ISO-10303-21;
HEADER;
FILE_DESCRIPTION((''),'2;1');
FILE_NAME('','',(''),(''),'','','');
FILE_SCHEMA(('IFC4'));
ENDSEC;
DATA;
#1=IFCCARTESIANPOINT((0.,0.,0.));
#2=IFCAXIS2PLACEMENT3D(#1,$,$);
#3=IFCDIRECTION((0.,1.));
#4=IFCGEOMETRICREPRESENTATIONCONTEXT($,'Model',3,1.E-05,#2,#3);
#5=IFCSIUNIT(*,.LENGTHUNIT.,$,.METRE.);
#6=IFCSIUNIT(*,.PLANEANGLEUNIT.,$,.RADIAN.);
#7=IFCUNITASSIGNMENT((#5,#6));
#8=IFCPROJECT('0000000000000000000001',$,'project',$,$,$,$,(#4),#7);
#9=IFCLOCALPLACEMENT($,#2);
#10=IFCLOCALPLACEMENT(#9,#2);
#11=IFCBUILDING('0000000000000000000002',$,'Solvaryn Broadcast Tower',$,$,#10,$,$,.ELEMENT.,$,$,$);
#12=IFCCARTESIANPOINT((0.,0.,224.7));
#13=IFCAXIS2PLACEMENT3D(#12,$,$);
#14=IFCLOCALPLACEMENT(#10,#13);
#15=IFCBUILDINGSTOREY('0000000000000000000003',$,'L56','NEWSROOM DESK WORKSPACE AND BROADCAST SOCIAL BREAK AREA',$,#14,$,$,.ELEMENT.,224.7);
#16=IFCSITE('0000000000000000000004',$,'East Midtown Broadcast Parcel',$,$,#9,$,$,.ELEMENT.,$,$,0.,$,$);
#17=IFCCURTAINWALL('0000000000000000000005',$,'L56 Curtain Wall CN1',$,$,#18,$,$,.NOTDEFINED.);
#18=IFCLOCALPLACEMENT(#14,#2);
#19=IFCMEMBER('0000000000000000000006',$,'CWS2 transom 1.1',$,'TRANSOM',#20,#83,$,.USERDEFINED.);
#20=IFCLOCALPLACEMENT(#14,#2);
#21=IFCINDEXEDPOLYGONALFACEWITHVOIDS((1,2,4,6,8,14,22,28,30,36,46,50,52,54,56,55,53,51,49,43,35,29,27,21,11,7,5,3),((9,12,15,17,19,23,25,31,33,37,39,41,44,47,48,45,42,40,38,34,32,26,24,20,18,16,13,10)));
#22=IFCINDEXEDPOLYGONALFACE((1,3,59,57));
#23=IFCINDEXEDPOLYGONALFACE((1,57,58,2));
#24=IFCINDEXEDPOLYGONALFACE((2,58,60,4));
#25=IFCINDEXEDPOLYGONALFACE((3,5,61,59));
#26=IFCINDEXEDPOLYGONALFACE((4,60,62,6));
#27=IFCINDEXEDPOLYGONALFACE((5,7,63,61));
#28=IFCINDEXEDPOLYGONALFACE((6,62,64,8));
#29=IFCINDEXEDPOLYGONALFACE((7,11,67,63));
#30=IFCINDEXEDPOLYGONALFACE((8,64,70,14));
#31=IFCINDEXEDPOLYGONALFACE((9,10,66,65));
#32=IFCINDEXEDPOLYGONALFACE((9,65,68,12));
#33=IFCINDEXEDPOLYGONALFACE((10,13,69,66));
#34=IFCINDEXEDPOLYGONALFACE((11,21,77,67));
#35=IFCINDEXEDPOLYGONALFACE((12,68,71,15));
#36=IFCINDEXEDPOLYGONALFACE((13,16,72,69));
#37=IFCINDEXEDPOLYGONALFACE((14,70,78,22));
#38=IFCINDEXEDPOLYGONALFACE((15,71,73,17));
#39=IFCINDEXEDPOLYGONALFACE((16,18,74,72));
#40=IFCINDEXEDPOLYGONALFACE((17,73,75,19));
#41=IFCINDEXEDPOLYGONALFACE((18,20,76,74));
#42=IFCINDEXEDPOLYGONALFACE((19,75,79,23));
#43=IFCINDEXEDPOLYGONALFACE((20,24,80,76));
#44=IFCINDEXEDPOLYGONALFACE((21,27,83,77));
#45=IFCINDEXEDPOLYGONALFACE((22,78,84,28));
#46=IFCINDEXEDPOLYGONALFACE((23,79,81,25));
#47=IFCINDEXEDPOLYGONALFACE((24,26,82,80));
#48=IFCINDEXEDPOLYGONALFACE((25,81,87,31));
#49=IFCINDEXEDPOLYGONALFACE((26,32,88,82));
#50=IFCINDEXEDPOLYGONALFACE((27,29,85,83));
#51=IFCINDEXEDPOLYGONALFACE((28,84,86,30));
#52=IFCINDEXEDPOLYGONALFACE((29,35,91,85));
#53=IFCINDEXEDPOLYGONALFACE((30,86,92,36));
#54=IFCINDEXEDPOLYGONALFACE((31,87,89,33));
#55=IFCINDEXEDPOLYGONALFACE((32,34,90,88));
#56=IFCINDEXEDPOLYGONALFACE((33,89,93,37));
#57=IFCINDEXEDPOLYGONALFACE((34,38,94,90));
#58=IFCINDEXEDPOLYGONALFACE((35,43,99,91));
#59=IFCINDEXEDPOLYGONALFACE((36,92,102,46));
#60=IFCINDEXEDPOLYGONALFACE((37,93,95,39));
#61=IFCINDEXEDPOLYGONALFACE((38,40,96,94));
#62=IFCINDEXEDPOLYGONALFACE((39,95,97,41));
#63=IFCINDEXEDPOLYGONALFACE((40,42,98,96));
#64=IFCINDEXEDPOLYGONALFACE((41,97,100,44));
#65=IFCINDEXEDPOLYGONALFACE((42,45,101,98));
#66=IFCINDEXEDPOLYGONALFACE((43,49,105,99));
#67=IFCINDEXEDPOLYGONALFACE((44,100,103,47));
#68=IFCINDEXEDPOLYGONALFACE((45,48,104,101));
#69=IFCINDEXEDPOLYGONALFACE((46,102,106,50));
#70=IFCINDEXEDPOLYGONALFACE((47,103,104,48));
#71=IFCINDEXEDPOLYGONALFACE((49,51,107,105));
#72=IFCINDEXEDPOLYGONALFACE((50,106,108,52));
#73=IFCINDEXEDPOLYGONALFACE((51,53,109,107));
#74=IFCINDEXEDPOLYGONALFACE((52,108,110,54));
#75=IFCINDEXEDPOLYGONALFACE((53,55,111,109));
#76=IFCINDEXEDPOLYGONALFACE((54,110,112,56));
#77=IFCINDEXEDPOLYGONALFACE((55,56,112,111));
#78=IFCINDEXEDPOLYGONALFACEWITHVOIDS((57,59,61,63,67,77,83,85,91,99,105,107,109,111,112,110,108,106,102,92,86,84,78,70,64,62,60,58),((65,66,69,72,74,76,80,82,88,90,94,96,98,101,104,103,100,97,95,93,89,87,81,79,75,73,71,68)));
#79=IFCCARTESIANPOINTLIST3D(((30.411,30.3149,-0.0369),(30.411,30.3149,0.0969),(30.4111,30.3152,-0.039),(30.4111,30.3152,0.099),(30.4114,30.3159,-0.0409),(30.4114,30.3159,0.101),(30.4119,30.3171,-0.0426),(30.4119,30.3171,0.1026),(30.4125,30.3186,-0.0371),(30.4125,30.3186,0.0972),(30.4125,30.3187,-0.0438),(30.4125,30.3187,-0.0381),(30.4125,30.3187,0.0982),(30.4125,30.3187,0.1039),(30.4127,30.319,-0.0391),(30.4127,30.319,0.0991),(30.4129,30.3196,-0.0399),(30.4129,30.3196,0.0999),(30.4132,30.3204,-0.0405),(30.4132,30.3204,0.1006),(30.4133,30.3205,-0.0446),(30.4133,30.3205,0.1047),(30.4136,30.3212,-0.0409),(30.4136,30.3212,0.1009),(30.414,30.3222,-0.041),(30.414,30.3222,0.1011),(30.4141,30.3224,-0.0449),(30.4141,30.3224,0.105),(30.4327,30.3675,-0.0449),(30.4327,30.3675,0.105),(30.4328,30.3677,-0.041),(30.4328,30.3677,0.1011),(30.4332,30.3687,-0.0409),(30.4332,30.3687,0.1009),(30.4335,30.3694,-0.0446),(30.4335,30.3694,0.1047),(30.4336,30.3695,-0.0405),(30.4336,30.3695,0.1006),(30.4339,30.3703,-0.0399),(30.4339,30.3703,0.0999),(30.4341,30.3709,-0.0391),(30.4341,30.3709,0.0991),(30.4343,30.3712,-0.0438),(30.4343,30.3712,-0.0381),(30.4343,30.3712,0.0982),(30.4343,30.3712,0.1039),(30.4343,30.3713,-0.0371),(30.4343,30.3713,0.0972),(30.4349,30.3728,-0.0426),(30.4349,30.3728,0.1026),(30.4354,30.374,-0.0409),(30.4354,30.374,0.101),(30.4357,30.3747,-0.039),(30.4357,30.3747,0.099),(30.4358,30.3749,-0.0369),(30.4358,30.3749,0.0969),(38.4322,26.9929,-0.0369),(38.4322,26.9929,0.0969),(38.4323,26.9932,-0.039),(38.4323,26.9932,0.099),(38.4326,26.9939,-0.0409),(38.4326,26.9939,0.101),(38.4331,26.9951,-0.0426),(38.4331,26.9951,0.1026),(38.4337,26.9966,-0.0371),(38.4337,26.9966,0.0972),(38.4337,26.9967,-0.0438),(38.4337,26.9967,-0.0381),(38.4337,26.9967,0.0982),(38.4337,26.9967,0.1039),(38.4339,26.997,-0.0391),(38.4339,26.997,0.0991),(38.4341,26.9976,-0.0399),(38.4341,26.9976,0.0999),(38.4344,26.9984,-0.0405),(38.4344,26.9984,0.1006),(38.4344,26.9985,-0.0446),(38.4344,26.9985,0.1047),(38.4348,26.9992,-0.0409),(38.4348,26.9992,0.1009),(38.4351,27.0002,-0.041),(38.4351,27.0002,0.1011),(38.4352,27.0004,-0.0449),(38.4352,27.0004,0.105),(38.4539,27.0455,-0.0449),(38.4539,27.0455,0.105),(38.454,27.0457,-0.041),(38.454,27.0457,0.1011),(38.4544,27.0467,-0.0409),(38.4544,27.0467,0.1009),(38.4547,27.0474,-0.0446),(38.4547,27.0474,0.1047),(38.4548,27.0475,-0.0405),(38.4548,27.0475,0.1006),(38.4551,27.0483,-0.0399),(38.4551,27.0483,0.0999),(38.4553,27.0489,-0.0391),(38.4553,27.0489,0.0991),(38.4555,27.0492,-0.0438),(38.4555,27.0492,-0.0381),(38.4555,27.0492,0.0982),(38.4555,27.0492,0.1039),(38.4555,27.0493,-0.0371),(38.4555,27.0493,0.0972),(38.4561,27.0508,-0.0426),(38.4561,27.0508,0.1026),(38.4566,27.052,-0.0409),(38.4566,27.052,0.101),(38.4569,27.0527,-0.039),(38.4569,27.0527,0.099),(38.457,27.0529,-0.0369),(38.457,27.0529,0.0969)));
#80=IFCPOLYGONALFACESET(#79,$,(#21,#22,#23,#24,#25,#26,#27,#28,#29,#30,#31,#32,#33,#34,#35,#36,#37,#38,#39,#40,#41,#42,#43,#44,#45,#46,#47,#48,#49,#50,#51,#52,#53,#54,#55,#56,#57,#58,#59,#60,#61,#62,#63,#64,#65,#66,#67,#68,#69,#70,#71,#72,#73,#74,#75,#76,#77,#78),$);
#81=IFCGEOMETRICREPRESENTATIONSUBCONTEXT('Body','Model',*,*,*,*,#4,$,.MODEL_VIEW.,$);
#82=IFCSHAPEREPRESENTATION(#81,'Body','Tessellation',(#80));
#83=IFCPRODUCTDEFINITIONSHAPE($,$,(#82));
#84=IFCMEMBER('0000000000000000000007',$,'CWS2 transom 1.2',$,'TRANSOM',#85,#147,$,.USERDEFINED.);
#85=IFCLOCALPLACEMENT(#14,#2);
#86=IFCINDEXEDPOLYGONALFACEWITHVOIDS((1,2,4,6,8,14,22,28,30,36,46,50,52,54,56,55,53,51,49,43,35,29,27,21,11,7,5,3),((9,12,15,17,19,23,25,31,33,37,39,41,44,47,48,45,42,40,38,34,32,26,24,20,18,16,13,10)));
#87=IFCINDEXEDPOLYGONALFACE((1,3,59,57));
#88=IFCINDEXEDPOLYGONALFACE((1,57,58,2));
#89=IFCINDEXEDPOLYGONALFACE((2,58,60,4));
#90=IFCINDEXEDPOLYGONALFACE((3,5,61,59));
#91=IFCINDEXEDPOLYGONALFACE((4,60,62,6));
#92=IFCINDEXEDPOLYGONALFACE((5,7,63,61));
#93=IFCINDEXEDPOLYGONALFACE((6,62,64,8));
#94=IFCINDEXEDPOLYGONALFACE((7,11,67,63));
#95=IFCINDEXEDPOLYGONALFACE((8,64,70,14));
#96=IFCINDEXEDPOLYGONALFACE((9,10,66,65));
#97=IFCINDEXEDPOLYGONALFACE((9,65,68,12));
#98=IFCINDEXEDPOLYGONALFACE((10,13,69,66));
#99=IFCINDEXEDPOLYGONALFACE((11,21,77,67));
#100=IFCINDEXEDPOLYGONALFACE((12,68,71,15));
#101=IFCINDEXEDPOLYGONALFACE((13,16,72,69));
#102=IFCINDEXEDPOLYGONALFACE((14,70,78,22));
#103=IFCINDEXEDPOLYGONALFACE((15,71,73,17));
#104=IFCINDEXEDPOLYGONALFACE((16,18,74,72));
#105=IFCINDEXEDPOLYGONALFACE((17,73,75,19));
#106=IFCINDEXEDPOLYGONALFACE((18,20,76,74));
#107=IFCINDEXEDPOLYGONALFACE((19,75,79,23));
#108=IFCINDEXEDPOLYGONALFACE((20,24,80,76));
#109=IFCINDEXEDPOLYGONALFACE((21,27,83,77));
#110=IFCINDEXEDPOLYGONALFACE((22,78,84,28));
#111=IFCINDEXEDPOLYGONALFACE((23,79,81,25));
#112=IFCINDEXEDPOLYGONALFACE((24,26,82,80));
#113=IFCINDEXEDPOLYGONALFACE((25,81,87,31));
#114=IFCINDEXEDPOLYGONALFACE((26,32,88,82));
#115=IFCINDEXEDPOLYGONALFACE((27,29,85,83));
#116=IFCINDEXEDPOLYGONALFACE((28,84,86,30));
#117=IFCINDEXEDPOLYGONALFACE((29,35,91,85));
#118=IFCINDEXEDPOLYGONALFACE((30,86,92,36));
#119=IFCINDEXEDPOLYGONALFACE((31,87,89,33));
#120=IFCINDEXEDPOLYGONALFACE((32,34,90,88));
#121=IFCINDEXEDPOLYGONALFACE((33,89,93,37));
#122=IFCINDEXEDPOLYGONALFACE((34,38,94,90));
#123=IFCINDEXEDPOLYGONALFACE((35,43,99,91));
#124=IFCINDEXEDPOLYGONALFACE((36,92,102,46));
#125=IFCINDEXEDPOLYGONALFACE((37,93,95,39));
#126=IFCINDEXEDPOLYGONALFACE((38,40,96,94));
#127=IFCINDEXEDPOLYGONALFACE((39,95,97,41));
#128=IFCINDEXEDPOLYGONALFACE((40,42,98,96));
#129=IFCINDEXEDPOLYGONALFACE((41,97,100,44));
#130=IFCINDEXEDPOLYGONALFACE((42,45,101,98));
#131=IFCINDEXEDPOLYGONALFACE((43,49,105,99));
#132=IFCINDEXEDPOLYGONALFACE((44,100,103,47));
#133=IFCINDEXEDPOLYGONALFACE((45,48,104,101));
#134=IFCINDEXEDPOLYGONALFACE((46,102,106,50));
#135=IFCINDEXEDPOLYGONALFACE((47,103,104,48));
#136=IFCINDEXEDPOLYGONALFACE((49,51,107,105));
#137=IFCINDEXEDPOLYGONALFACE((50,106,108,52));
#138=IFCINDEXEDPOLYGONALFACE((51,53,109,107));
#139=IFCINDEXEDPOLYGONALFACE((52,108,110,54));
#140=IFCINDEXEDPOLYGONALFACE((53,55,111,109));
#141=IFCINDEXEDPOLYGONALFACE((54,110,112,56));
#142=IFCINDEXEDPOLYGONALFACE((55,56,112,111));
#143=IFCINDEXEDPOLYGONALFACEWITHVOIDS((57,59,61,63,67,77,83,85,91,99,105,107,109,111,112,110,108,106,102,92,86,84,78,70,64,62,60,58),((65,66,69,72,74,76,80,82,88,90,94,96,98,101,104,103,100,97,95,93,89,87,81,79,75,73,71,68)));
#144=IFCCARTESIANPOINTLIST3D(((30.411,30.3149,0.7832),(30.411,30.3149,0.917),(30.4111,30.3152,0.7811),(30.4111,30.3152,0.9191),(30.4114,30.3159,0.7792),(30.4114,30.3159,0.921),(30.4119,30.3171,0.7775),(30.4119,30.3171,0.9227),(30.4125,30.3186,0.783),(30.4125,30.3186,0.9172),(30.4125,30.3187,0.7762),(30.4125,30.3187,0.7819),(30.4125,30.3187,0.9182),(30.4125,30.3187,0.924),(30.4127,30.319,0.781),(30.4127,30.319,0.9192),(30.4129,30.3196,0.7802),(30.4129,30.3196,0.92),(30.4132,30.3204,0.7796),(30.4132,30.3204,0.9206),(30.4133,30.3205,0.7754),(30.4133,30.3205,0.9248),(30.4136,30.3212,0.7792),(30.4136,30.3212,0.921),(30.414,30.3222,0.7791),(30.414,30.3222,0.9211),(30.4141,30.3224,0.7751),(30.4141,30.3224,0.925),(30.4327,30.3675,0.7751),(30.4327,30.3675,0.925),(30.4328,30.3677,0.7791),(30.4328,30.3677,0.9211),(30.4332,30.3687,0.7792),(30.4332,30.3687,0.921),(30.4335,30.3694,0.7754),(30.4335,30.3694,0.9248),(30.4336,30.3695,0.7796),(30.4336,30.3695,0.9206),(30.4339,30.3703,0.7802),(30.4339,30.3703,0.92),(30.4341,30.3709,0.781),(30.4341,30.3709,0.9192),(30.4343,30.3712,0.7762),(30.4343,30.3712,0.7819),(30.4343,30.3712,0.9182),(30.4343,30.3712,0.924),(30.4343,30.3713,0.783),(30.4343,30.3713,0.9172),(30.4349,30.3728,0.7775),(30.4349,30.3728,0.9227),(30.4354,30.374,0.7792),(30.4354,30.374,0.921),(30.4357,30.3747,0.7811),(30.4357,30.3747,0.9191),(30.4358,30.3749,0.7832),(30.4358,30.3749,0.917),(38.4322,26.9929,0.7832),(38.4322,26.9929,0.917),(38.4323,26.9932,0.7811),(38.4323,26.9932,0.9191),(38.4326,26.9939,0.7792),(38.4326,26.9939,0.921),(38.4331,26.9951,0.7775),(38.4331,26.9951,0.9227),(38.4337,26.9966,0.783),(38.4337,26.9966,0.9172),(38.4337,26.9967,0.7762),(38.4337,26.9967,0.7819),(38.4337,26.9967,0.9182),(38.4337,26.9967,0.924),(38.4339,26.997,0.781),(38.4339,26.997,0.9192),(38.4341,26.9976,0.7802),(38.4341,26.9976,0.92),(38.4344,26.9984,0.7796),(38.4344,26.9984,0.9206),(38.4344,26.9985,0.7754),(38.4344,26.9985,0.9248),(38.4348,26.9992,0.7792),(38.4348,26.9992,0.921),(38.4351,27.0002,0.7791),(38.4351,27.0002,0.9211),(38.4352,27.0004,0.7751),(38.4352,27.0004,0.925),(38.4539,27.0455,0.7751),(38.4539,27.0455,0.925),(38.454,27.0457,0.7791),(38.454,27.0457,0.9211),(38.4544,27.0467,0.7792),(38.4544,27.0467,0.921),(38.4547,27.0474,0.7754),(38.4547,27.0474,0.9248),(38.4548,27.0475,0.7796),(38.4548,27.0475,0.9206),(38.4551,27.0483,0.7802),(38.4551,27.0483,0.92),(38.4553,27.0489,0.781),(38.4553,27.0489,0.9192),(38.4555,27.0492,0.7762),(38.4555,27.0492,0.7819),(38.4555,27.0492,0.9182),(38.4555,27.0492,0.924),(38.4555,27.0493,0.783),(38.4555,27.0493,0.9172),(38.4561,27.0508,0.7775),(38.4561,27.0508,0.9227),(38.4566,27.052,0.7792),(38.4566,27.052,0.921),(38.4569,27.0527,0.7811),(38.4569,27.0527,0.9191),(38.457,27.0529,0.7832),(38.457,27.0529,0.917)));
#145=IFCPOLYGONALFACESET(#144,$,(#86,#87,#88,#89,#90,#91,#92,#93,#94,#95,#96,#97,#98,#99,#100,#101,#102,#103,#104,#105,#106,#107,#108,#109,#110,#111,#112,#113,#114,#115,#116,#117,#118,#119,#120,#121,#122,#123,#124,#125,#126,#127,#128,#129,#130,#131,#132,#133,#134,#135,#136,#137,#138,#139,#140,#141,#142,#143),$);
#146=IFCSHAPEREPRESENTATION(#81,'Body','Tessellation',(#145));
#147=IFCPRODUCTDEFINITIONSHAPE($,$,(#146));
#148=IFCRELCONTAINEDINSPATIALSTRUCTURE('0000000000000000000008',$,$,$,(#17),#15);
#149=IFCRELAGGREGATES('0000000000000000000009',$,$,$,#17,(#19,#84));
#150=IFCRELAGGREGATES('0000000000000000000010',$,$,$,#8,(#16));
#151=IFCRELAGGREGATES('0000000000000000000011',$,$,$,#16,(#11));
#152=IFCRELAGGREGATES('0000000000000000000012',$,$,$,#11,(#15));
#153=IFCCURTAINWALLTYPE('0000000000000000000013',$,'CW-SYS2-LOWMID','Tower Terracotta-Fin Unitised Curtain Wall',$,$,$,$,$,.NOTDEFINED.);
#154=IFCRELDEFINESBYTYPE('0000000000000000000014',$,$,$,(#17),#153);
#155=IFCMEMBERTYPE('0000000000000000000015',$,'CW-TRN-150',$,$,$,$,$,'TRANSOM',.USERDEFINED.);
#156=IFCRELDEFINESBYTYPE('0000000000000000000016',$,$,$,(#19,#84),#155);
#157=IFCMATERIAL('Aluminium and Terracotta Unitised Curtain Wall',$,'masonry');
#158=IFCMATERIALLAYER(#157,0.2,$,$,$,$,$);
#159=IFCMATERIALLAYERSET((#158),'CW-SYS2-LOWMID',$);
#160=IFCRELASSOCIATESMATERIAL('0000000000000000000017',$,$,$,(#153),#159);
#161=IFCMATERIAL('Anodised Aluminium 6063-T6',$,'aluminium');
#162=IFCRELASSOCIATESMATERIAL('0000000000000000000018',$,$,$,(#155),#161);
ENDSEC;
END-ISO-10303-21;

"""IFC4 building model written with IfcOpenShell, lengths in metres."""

from ifc_helpers import new_model, si_unit, direction, frame, origin, origin_2d, place, context, subcontext, project, spatial, hollow_rectangle, extrude, material, layer, layer_set, material_profile, profile_set, type_object, element, aggregate, save


model = new_model("IFC4")

# Units and contexts
model_context = context("Model", 3, precision=1e-05, world=origin(), true_north=direction((0.0, 1.0)))
body_context = subcontext(model_context, "Body", "Model", "MODEL_VIEW")
ifc_project = project(units=[si_unit("LENGTHUNIT", "METRE"), si_unit("PLANEANGLEUNIT", "RADIAN")], contexts=[model_context])

# Site, building, storey
site_placement = place(None, origin())
site = spatial("IfcSite", under=ifc_project, at=site_placement, Name="East Midtown Broadcast Parcel", CompositionType="ELEMENT", RefElevation=0.0)
building_placement = place(site_placement, origin())
building = spatial("IfcBuilding", under=site, at=building_placement, Name="Solvaryn Broadcast Tower", CompositionType="ELEMENT")
storey_placement = place(building_placement, frame((0.0, 0.0, 224.7)))
storey = spatial("IfcBuildingStorey", under=building, at=storey_placement, Name="L56", Description="NEWSROOM DESK WORKSPACE AND BROADCAST SOCIAL BREAK AREA", CompositionType="ELEMENT", Elevation=224.7)

# Curtain wall
ifc_material_1 = material(Name="Aluminium and Terracotta Unitised Curtain Wall", Category="masonry")
ifc_layer_1 = layer(ifc_material_1, 0.2)
ifc_layer_set_1 = layer_set([ifc_layer_1], Name="CW-SYS2-LOWMID")
curtain_wall_type = type_object("IfcCurtainWallType", Name="CW-SYS2-LOWMID", Description="Tower Terracotta-Fin Unitised Curtain Wall", PredefinedType="NOTDEFINED", material=ifc_layer_set_1)
curtain_wall_1_placement = place(storey_placement, origin())
curtain_wall_1 = element("IfcCurtainWall", 1, at=curtain_wall_1_placement, inside=storey, type_object=curtain_wall_type, Name="L56 Curtain Wall CN1", PredefinedType="NOTDEFINED")

# Members
ifc_material_2 = material(Name="Anodised Aluminium 6063-T6", Category="aluminium")
ifc_material_profile_1 = material_profile(ifc_material_2, hollow_rectangle(XDim=0.0649, YDim=0.1499, WallThickness=0.0039, InnerFilletRadius=0.0039, OuterFilletRadius=0.0081, at=origin_2d()))
ifc_profile_set_1 = profile_set([ifc_material_profile_1], Name="Anodised Aluminium 6063-T6")
member_type_1 = type_object("IfcMemberType", Name="CW-TRN-150", ElementType="TRANSOM", PredefinedType="USERDEFINED", material=ifc_profile_set_1)
member_1_placement = place(storey_placement, frame((38.4446, 27.0229, 0.03), z_axis=(-0.923899, 0.382636, 0.0), x_axis=(-0.382636, -0.923899, 0.0)))
member_1 = element("IfcMember", 2, at=member_1_placement, type_object=member_type_1, Name="CWS2 transom 1.1", ObjectType="TRANSOM", PredefinedType="USERDEFINED", context=body_context, shape_type="SweptSolid", body=[
    extrude(hollow_rectangle(XDim=0.0649, YDim=0.1499, WallThickness=0.0039, InnerFilletRadius=0.0039, OuterFilletRadius=0.0081, at=origin_2d()), origin(), (0.0, 0.0, 1.0), 8.6819),
])
member_2_placement = place(storey_placement, frame((38.4446, 27.0229, 0.8501), z_axis=(-0.923899, 0.382636, 0.0), x_axis=(-0.382636, -0.923899, 0.0)))
member_2 = element("IfcMember", 3, at=member_2_placement, type_object=member_type_1, Name="CWS2 transom 1.2", ObjectType="TRANSOM", PredefinedType="USERDEFINED", context=body_context, shape_type="SweptSolid", body=[
    extrude(hollow_rectangle(XDim=0.0649, YDim=0.1499, WallThickness=0.0039, InnerFilletRadius=0.0039, OuterFilletRadius=0.0081, at=origin_2d()), origin(), (0.0, 0.0, 1.0), 8.6819),
])
aggregate(curtain_wall_1, [member_1, member_2])

save(model, "model.ifc")
